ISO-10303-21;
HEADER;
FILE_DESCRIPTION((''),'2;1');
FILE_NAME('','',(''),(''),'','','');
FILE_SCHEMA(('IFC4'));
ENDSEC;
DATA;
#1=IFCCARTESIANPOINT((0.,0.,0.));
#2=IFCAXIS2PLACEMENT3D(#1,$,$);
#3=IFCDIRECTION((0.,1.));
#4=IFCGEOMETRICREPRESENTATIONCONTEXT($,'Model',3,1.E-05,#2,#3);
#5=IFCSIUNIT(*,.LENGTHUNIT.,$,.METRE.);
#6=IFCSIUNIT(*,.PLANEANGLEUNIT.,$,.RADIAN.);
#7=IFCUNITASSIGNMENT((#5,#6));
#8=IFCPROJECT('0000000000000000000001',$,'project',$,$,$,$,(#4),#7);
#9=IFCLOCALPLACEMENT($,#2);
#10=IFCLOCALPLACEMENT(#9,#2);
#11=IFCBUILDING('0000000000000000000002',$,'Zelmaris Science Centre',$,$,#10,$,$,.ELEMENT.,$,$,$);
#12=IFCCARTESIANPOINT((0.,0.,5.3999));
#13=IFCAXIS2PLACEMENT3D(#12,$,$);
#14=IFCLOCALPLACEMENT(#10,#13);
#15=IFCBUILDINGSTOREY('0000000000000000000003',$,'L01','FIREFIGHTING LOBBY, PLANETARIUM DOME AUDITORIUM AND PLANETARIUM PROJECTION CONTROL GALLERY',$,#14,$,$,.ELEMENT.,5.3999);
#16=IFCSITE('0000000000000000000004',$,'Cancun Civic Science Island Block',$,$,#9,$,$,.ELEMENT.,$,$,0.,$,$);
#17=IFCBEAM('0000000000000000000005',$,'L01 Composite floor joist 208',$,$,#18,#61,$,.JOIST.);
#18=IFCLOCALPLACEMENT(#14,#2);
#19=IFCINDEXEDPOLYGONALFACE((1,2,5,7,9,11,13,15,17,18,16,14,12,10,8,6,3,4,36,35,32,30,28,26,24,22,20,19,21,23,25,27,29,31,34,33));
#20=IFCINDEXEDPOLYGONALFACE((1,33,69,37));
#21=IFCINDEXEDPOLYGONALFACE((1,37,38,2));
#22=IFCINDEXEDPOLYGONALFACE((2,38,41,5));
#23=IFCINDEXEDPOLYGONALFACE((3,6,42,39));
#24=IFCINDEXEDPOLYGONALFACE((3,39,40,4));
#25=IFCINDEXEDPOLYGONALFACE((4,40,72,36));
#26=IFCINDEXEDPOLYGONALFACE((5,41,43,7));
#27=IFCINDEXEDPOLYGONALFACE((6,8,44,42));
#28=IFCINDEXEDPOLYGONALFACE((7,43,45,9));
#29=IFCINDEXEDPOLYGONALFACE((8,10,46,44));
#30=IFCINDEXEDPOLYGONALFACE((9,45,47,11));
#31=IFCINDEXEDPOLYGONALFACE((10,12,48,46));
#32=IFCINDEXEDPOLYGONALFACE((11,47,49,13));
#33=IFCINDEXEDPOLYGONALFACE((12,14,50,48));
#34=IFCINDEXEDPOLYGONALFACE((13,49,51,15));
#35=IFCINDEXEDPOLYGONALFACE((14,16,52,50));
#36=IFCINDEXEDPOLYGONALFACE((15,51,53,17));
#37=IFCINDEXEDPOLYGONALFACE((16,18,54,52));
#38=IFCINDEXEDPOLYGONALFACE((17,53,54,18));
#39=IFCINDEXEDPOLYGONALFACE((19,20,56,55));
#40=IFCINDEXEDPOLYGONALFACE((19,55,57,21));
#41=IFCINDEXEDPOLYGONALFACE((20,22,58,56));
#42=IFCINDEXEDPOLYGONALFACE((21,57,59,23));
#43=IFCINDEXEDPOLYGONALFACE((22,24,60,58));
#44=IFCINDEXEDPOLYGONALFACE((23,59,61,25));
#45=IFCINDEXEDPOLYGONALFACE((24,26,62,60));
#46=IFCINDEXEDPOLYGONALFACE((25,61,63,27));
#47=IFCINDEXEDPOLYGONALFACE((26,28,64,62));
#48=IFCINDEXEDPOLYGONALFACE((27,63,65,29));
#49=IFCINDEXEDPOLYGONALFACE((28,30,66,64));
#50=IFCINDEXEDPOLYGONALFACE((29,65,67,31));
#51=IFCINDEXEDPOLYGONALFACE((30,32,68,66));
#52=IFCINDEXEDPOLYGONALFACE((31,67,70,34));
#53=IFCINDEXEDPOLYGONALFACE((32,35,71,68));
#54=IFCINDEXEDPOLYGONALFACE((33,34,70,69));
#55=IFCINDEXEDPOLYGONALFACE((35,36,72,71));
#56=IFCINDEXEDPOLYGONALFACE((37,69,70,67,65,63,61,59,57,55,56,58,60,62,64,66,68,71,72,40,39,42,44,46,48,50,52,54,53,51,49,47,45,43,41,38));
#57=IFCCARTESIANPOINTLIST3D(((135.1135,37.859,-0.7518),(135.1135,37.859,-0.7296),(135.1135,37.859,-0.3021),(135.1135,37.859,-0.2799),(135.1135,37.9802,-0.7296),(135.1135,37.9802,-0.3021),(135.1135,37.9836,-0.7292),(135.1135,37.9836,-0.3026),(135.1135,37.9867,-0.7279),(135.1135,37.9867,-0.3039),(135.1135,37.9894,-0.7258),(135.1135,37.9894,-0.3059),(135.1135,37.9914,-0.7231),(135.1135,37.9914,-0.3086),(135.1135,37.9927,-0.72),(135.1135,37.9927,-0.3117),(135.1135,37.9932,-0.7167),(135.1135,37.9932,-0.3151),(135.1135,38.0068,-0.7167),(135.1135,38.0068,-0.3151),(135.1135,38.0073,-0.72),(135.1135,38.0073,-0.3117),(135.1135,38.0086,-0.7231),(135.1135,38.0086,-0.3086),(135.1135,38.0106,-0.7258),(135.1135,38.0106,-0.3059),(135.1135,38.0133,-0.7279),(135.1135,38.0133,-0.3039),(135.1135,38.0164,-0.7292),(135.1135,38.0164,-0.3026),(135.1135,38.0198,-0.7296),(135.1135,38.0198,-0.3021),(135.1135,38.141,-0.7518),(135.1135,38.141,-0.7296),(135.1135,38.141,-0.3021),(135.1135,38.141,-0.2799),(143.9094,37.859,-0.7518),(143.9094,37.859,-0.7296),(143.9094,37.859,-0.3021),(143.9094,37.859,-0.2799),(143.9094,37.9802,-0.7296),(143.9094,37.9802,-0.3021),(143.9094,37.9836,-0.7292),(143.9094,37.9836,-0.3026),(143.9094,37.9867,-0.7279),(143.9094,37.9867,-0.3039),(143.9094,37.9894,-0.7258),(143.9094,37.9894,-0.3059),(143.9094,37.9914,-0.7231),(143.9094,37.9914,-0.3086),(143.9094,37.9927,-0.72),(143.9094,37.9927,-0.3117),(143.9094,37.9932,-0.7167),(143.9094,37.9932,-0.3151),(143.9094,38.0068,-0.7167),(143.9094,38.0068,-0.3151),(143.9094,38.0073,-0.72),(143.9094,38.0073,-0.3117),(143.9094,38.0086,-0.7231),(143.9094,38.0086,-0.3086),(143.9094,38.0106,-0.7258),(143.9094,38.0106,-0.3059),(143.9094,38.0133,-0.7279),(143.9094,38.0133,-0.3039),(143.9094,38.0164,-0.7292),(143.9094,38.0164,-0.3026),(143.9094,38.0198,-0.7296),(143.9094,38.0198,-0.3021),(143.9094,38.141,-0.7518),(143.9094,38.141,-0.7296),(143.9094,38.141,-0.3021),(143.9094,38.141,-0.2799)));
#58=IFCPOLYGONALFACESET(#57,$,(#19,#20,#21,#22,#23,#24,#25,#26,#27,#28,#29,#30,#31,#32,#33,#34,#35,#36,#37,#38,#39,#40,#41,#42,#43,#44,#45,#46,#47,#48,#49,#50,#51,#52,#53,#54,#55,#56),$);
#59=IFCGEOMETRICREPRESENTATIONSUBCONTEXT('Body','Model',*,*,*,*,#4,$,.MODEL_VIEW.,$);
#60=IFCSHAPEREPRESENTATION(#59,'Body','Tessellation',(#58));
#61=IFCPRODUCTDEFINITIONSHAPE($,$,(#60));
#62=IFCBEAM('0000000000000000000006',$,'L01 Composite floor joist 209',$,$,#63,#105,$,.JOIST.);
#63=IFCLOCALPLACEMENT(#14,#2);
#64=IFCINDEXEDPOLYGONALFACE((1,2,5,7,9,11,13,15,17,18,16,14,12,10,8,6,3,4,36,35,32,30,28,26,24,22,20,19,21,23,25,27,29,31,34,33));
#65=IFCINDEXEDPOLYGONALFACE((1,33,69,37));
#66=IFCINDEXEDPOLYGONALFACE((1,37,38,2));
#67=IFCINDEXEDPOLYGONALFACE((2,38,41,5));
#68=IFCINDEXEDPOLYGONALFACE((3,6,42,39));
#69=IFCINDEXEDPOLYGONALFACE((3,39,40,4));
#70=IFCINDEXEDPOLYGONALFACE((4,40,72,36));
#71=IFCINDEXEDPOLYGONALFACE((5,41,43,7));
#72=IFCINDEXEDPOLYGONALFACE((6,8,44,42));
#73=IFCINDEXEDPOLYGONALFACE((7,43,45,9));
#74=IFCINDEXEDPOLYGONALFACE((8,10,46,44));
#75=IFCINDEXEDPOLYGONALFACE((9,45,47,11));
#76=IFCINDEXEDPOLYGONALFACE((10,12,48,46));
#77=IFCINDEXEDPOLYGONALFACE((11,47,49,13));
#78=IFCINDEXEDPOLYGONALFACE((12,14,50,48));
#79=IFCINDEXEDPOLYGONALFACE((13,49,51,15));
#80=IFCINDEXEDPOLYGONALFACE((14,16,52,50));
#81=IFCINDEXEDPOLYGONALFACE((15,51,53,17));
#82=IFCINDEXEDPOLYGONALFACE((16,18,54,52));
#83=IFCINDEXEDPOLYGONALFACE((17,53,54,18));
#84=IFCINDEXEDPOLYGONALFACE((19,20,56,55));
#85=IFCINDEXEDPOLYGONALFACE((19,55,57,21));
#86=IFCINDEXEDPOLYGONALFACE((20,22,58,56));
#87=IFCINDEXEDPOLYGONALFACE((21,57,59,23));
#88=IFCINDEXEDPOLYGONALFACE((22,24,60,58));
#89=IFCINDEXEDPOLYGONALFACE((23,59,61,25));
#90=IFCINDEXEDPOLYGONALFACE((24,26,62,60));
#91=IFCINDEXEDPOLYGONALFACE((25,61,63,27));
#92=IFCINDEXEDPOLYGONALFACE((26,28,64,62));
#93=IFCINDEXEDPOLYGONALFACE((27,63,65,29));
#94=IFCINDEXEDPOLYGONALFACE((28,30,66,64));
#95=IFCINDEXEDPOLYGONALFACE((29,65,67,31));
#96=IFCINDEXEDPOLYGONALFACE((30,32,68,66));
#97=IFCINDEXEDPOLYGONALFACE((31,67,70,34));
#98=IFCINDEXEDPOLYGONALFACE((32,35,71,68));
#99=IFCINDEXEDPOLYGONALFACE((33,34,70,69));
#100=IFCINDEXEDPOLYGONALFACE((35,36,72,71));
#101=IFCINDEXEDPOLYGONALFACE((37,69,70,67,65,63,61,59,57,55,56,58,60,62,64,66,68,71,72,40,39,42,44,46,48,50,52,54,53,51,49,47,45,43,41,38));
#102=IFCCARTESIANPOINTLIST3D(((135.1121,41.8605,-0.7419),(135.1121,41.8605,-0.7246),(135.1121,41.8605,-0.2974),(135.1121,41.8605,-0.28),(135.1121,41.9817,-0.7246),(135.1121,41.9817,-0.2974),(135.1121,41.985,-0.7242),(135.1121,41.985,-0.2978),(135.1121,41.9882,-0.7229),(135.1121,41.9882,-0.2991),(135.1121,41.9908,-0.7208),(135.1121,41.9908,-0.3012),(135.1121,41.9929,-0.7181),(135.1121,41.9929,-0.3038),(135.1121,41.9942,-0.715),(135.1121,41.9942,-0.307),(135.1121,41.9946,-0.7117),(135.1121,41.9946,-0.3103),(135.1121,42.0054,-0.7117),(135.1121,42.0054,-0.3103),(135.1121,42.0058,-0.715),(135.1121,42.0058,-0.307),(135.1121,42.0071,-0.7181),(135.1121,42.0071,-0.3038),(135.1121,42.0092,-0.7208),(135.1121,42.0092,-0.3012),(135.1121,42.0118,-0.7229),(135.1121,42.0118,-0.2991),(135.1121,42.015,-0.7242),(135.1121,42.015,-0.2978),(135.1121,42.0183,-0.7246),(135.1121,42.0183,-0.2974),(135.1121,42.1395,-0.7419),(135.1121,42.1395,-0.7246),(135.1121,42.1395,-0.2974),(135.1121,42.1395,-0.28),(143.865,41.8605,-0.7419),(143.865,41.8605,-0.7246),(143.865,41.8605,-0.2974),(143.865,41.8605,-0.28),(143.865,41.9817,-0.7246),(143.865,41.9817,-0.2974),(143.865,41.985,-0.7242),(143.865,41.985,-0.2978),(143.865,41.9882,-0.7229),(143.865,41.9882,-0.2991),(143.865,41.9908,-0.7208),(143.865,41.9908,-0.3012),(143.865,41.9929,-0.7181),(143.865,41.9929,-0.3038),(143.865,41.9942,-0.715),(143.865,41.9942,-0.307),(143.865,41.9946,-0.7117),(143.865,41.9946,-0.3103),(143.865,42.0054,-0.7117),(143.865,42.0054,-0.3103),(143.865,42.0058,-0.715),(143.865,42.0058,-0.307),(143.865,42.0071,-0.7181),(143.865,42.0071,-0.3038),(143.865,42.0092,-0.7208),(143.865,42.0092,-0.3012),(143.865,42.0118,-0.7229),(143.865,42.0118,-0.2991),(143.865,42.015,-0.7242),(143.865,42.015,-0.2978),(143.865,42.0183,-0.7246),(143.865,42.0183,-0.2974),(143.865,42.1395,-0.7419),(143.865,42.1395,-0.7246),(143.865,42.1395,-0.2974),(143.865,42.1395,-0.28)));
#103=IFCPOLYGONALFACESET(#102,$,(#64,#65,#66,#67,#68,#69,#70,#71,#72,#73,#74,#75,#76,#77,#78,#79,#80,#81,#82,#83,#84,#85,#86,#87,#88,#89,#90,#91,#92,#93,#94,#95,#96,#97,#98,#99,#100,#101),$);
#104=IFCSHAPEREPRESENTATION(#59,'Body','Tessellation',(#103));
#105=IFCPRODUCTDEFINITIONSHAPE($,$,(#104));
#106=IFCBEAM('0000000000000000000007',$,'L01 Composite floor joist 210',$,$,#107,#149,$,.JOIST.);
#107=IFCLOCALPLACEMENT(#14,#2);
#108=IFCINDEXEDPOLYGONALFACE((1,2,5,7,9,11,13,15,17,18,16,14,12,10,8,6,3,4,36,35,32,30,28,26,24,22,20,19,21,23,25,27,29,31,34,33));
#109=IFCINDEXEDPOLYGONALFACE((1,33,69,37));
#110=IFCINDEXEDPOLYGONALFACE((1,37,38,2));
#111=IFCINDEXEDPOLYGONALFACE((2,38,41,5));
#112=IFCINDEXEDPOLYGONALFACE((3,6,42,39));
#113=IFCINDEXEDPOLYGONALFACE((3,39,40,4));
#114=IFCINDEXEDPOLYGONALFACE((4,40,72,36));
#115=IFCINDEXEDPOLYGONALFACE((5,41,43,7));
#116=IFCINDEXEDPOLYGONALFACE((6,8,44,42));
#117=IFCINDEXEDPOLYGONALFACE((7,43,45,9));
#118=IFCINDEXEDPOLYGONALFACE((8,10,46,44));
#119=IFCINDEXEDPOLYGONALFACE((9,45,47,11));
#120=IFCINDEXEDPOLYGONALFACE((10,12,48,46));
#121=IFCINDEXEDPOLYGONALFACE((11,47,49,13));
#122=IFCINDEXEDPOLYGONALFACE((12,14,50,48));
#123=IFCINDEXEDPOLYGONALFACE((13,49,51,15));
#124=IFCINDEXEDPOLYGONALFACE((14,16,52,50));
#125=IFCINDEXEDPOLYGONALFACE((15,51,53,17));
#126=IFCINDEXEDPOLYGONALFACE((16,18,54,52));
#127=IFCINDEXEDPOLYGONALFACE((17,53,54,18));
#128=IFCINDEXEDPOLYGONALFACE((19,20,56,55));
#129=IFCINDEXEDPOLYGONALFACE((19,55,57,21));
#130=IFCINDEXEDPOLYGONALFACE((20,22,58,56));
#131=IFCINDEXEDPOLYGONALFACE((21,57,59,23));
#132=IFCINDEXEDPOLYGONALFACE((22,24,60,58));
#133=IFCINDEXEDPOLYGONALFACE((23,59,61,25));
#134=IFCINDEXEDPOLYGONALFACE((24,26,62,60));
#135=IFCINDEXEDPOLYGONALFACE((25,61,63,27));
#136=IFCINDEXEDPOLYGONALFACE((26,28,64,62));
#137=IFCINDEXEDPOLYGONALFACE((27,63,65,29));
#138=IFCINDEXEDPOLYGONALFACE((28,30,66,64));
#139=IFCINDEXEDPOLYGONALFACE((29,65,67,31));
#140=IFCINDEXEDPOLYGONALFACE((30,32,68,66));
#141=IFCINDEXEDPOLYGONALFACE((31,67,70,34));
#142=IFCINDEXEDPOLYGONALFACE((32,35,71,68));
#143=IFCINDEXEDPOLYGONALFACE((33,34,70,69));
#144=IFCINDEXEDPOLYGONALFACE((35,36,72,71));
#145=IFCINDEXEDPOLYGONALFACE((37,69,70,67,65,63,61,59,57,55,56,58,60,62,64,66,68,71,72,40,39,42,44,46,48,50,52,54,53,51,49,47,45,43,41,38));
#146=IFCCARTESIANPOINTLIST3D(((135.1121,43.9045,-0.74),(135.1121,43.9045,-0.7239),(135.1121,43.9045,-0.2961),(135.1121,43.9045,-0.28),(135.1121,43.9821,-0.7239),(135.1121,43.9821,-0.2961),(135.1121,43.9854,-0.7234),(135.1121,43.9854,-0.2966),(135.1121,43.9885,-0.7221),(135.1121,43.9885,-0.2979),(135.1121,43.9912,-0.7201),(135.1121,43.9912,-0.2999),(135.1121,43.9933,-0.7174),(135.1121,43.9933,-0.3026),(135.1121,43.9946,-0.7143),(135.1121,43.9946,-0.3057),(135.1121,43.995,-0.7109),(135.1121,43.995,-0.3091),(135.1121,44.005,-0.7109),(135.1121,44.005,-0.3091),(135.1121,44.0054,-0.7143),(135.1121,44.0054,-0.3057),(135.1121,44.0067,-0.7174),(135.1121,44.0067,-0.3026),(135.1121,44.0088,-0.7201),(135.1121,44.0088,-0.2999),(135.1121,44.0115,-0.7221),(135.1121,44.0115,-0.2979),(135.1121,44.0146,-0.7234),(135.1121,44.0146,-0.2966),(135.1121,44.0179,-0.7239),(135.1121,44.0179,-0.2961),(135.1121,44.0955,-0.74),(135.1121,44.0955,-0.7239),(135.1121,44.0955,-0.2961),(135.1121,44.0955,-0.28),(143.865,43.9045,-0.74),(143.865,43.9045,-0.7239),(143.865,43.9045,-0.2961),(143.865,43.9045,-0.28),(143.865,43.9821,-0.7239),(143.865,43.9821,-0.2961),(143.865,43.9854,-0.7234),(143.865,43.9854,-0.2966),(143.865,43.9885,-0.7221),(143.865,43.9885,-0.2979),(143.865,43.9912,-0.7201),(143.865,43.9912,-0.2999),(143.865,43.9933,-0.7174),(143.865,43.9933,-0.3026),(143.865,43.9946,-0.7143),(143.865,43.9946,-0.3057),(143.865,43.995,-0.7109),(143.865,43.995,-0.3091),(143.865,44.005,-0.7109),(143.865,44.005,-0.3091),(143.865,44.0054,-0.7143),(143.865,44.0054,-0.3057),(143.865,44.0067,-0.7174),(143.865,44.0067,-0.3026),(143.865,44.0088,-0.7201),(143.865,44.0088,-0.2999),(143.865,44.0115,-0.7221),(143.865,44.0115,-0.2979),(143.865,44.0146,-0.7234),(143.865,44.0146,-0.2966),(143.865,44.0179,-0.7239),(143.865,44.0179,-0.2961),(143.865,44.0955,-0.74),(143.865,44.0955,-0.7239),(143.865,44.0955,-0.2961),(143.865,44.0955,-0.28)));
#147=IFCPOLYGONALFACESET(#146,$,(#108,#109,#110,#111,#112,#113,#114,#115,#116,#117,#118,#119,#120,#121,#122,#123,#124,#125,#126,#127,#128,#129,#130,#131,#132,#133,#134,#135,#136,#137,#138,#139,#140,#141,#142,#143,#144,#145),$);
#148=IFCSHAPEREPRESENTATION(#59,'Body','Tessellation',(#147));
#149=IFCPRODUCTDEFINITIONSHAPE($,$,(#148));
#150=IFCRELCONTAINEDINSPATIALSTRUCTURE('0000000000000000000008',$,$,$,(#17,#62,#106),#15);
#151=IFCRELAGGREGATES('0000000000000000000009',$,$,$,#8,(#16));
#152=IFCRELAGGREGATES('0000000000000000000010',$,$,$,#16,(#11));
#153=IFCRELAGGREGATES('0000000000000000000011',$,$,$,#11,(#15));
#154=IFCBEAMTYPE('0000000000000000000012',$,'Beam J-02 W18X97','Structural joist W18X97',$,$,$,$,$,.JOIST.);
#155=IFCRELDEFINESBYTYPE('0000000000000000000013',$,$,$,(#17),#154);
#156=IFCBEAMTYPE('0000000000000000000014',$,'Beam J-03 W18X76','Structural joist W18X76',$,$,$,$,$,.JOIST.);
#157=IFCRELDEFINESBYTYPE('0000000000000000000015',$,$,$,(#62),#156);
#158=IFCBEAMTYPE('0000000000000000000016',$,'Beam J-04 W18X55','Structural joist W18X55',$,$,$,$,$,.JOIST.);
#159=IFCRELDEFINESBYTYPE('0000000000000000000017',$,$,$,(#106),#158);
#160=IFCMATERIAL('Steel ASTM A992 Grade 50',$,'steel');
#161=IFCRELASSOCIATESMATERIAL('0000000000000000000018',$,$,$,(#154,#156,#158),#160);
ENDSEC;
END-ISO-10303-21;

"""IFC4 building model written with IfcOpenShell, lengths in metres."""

from ifc_helpers import new_model, si_unit, direction, frame, origin, origin_2d, place, context, subcontext, project, spatial, i_section, extrude, material, material_profile, profile_set, type_object, element, save


model = new_model("IFC4")

# Units and contexts
model_context = context("Model", 3, precision=1e-05, world=origin(), true_north=direction((0.0, 1.0)))
body_context = subcontext(model_context, "Body", "Model", "MODEL_VIEW")
ifc_project = project(units=[si_unit("LENGTHUNIT", "METRE"), si_unit("PLANEANGLEUNIT", "RADIAN")], contexts=[model_context])

# Site, building, storey
site_placement = place(None, origin())
site = spatial("IfcSite", under=ifc_project, at=site_placement, Name="Cancun Civic Science Island Block", CompositionType="ELEMENT", RefElevation=0.0)
building_placement = place(site_placement, origin())
building = spatial("IfcBuilding", under=site, at=building_placement, Name="Zelmaris Science Centre", CompositionType="ELEMENT")
storey_placement = place(building_placement, frame((0.0, 0.0, 5.3999)))
storey = spatial("IfcBuildingStorey", under=building, at=storey_placement, Name="L01", Description="FIREFIGHTING LOBBY, PLANETARIUM DOME AUDITORIUM AND PLANETARIUM PROJECTION CONTROL GALLERY", CompositionType="ELEMENT", Elevation=5.3999)

# Shared definitions
ifc_material_1 = material(Name="Steel ASTM A992 Grade 50", Category="steel")

# Beams
ifc_material_profile_1 = material_profile(ifc_material_1, i_section(OverallWidth=0.282, OverallDepth=0.4719, WebThickness=0.0137, FlangeThickness=0.0222, FilletRadius=0.0129, at=origin_2d()), Name="W18X97")
ifc_profile_set_1 = profile_set([ifc_material_profile_1], Name="Steel ASTM A992 Grade 50")
beam_type_1 = type_object("IfcBeamType", Name="Beam J-02 W18X97", Description="Structural joist W18X97", PredefinedType="JOIST", material=ifc_profile_set_1)
beam_1_placement = place(storey_placement, frame((135.1135, 38.0, -0.5159), z_axis=(1.0, 0.0, 0.0), x_axis=(0.0, 1.0, 0.0)))
element("IfcBeam", 1, at=beam_1_placement, inside=storey, type_object=beam_type_1, Name="L01 Composite floor joist 208", PredefinedType="JOIST", context=body_context, shape_type="SweptSolid", body=[
    extrude(i_section(OverallWidth=0.282, OverallDepth=0.4719, WebThickness=0.0137, FlangeThickness=0.0222, FilletRadius=0.0129, at=origin_2d()), origin(), (0.0, 0.0, 1.0), 8.7959),
])
ifc_material_profile_2 = material_profile(ifc_material_1, i_section(OverallWidth=0.2791, OverallDepth=0.4619, WebThickness=0.0107, FlangeThickness=0.0173, FilletRadius=0.0129, at=origin_2d()), Name="W18X76")
ifc_profile_set_2 = profile_set([ifc_material_profile_2], Name="Steel ASTM A992 Grade 50")
beam_type_2 = type_object("IfcBeamType", Name="Beam J-03 W18X76", Description="Structural joist W18X76", PredefinedType="JOIST", material=ifc_profile_set_2)
beam_2_placement = place(storey_placement, frame((135.1121, 42.0, -0.511), z_axis=(1.0, 0.0, 0.0), x_axis=(0.0, 1.0, 0.0)))
element("IfcBeam", 2, at=beam_2_placement, inside=storey, type_object=beam_type_2, Name="L01 Composite floor joist 209", PredefinedType="JOIST", context=body_context, shape_type="SweptSolid", body=[
    extrude(i_section(OverallWidth=0.2791, OverallDepth=0.4619, WebThickness=0.0107, FlangeThickness=0.0173, FilletRadius=0.0129, at=origin_2d()), origin(), (0.0, 0.0, 1.0), 8.7529),
])
ifc_material_profile_3 = material_profile(ifc_material_1, i_section(OverallWidth=0.1909, OverallDepth=0.46, WebThickness=0.01, FlangeThickness=0.0161, FilletRadius=0.0129, at=origin_2d()), Name="W18X55")
ifc_profile_set_3 = profile_set([ifc_material_profile_3], Name="Steel ASTM A992 Grade 50")
beam_type_3 = type_object("IfcBeamType", Name="Beam J-04 W18X55", Description="Structural joist W18X55", PredefinedType="JOIST", material=ifc_profile_set_3)
beam_3_placement = place(storey_placement, frame((135.1121, 44.0, -0.51), z_axis=(1.0, 0.0, 0.0), x_axis=(0.0, 1.0, 0.0)))
element("IfcBeam", 3, at=beam_3_placement, inside=storey, type_object=beam_type_3, Name="L01 Composite floor joist 210", PredefinedType="JOIST", context=body_context, shape_type="SweptSolid", body=[
    extrude(i_section(OverallWidth=0.1909, OverallDepth=0.46, WebThickness=0.01, FlangeThickness=0.0161, FilletRadius=0.0129, at=origin_2d()), origin(), (0.0, 0.0, 1.0), 8.7529),
])

save(model, "model.ifc")
